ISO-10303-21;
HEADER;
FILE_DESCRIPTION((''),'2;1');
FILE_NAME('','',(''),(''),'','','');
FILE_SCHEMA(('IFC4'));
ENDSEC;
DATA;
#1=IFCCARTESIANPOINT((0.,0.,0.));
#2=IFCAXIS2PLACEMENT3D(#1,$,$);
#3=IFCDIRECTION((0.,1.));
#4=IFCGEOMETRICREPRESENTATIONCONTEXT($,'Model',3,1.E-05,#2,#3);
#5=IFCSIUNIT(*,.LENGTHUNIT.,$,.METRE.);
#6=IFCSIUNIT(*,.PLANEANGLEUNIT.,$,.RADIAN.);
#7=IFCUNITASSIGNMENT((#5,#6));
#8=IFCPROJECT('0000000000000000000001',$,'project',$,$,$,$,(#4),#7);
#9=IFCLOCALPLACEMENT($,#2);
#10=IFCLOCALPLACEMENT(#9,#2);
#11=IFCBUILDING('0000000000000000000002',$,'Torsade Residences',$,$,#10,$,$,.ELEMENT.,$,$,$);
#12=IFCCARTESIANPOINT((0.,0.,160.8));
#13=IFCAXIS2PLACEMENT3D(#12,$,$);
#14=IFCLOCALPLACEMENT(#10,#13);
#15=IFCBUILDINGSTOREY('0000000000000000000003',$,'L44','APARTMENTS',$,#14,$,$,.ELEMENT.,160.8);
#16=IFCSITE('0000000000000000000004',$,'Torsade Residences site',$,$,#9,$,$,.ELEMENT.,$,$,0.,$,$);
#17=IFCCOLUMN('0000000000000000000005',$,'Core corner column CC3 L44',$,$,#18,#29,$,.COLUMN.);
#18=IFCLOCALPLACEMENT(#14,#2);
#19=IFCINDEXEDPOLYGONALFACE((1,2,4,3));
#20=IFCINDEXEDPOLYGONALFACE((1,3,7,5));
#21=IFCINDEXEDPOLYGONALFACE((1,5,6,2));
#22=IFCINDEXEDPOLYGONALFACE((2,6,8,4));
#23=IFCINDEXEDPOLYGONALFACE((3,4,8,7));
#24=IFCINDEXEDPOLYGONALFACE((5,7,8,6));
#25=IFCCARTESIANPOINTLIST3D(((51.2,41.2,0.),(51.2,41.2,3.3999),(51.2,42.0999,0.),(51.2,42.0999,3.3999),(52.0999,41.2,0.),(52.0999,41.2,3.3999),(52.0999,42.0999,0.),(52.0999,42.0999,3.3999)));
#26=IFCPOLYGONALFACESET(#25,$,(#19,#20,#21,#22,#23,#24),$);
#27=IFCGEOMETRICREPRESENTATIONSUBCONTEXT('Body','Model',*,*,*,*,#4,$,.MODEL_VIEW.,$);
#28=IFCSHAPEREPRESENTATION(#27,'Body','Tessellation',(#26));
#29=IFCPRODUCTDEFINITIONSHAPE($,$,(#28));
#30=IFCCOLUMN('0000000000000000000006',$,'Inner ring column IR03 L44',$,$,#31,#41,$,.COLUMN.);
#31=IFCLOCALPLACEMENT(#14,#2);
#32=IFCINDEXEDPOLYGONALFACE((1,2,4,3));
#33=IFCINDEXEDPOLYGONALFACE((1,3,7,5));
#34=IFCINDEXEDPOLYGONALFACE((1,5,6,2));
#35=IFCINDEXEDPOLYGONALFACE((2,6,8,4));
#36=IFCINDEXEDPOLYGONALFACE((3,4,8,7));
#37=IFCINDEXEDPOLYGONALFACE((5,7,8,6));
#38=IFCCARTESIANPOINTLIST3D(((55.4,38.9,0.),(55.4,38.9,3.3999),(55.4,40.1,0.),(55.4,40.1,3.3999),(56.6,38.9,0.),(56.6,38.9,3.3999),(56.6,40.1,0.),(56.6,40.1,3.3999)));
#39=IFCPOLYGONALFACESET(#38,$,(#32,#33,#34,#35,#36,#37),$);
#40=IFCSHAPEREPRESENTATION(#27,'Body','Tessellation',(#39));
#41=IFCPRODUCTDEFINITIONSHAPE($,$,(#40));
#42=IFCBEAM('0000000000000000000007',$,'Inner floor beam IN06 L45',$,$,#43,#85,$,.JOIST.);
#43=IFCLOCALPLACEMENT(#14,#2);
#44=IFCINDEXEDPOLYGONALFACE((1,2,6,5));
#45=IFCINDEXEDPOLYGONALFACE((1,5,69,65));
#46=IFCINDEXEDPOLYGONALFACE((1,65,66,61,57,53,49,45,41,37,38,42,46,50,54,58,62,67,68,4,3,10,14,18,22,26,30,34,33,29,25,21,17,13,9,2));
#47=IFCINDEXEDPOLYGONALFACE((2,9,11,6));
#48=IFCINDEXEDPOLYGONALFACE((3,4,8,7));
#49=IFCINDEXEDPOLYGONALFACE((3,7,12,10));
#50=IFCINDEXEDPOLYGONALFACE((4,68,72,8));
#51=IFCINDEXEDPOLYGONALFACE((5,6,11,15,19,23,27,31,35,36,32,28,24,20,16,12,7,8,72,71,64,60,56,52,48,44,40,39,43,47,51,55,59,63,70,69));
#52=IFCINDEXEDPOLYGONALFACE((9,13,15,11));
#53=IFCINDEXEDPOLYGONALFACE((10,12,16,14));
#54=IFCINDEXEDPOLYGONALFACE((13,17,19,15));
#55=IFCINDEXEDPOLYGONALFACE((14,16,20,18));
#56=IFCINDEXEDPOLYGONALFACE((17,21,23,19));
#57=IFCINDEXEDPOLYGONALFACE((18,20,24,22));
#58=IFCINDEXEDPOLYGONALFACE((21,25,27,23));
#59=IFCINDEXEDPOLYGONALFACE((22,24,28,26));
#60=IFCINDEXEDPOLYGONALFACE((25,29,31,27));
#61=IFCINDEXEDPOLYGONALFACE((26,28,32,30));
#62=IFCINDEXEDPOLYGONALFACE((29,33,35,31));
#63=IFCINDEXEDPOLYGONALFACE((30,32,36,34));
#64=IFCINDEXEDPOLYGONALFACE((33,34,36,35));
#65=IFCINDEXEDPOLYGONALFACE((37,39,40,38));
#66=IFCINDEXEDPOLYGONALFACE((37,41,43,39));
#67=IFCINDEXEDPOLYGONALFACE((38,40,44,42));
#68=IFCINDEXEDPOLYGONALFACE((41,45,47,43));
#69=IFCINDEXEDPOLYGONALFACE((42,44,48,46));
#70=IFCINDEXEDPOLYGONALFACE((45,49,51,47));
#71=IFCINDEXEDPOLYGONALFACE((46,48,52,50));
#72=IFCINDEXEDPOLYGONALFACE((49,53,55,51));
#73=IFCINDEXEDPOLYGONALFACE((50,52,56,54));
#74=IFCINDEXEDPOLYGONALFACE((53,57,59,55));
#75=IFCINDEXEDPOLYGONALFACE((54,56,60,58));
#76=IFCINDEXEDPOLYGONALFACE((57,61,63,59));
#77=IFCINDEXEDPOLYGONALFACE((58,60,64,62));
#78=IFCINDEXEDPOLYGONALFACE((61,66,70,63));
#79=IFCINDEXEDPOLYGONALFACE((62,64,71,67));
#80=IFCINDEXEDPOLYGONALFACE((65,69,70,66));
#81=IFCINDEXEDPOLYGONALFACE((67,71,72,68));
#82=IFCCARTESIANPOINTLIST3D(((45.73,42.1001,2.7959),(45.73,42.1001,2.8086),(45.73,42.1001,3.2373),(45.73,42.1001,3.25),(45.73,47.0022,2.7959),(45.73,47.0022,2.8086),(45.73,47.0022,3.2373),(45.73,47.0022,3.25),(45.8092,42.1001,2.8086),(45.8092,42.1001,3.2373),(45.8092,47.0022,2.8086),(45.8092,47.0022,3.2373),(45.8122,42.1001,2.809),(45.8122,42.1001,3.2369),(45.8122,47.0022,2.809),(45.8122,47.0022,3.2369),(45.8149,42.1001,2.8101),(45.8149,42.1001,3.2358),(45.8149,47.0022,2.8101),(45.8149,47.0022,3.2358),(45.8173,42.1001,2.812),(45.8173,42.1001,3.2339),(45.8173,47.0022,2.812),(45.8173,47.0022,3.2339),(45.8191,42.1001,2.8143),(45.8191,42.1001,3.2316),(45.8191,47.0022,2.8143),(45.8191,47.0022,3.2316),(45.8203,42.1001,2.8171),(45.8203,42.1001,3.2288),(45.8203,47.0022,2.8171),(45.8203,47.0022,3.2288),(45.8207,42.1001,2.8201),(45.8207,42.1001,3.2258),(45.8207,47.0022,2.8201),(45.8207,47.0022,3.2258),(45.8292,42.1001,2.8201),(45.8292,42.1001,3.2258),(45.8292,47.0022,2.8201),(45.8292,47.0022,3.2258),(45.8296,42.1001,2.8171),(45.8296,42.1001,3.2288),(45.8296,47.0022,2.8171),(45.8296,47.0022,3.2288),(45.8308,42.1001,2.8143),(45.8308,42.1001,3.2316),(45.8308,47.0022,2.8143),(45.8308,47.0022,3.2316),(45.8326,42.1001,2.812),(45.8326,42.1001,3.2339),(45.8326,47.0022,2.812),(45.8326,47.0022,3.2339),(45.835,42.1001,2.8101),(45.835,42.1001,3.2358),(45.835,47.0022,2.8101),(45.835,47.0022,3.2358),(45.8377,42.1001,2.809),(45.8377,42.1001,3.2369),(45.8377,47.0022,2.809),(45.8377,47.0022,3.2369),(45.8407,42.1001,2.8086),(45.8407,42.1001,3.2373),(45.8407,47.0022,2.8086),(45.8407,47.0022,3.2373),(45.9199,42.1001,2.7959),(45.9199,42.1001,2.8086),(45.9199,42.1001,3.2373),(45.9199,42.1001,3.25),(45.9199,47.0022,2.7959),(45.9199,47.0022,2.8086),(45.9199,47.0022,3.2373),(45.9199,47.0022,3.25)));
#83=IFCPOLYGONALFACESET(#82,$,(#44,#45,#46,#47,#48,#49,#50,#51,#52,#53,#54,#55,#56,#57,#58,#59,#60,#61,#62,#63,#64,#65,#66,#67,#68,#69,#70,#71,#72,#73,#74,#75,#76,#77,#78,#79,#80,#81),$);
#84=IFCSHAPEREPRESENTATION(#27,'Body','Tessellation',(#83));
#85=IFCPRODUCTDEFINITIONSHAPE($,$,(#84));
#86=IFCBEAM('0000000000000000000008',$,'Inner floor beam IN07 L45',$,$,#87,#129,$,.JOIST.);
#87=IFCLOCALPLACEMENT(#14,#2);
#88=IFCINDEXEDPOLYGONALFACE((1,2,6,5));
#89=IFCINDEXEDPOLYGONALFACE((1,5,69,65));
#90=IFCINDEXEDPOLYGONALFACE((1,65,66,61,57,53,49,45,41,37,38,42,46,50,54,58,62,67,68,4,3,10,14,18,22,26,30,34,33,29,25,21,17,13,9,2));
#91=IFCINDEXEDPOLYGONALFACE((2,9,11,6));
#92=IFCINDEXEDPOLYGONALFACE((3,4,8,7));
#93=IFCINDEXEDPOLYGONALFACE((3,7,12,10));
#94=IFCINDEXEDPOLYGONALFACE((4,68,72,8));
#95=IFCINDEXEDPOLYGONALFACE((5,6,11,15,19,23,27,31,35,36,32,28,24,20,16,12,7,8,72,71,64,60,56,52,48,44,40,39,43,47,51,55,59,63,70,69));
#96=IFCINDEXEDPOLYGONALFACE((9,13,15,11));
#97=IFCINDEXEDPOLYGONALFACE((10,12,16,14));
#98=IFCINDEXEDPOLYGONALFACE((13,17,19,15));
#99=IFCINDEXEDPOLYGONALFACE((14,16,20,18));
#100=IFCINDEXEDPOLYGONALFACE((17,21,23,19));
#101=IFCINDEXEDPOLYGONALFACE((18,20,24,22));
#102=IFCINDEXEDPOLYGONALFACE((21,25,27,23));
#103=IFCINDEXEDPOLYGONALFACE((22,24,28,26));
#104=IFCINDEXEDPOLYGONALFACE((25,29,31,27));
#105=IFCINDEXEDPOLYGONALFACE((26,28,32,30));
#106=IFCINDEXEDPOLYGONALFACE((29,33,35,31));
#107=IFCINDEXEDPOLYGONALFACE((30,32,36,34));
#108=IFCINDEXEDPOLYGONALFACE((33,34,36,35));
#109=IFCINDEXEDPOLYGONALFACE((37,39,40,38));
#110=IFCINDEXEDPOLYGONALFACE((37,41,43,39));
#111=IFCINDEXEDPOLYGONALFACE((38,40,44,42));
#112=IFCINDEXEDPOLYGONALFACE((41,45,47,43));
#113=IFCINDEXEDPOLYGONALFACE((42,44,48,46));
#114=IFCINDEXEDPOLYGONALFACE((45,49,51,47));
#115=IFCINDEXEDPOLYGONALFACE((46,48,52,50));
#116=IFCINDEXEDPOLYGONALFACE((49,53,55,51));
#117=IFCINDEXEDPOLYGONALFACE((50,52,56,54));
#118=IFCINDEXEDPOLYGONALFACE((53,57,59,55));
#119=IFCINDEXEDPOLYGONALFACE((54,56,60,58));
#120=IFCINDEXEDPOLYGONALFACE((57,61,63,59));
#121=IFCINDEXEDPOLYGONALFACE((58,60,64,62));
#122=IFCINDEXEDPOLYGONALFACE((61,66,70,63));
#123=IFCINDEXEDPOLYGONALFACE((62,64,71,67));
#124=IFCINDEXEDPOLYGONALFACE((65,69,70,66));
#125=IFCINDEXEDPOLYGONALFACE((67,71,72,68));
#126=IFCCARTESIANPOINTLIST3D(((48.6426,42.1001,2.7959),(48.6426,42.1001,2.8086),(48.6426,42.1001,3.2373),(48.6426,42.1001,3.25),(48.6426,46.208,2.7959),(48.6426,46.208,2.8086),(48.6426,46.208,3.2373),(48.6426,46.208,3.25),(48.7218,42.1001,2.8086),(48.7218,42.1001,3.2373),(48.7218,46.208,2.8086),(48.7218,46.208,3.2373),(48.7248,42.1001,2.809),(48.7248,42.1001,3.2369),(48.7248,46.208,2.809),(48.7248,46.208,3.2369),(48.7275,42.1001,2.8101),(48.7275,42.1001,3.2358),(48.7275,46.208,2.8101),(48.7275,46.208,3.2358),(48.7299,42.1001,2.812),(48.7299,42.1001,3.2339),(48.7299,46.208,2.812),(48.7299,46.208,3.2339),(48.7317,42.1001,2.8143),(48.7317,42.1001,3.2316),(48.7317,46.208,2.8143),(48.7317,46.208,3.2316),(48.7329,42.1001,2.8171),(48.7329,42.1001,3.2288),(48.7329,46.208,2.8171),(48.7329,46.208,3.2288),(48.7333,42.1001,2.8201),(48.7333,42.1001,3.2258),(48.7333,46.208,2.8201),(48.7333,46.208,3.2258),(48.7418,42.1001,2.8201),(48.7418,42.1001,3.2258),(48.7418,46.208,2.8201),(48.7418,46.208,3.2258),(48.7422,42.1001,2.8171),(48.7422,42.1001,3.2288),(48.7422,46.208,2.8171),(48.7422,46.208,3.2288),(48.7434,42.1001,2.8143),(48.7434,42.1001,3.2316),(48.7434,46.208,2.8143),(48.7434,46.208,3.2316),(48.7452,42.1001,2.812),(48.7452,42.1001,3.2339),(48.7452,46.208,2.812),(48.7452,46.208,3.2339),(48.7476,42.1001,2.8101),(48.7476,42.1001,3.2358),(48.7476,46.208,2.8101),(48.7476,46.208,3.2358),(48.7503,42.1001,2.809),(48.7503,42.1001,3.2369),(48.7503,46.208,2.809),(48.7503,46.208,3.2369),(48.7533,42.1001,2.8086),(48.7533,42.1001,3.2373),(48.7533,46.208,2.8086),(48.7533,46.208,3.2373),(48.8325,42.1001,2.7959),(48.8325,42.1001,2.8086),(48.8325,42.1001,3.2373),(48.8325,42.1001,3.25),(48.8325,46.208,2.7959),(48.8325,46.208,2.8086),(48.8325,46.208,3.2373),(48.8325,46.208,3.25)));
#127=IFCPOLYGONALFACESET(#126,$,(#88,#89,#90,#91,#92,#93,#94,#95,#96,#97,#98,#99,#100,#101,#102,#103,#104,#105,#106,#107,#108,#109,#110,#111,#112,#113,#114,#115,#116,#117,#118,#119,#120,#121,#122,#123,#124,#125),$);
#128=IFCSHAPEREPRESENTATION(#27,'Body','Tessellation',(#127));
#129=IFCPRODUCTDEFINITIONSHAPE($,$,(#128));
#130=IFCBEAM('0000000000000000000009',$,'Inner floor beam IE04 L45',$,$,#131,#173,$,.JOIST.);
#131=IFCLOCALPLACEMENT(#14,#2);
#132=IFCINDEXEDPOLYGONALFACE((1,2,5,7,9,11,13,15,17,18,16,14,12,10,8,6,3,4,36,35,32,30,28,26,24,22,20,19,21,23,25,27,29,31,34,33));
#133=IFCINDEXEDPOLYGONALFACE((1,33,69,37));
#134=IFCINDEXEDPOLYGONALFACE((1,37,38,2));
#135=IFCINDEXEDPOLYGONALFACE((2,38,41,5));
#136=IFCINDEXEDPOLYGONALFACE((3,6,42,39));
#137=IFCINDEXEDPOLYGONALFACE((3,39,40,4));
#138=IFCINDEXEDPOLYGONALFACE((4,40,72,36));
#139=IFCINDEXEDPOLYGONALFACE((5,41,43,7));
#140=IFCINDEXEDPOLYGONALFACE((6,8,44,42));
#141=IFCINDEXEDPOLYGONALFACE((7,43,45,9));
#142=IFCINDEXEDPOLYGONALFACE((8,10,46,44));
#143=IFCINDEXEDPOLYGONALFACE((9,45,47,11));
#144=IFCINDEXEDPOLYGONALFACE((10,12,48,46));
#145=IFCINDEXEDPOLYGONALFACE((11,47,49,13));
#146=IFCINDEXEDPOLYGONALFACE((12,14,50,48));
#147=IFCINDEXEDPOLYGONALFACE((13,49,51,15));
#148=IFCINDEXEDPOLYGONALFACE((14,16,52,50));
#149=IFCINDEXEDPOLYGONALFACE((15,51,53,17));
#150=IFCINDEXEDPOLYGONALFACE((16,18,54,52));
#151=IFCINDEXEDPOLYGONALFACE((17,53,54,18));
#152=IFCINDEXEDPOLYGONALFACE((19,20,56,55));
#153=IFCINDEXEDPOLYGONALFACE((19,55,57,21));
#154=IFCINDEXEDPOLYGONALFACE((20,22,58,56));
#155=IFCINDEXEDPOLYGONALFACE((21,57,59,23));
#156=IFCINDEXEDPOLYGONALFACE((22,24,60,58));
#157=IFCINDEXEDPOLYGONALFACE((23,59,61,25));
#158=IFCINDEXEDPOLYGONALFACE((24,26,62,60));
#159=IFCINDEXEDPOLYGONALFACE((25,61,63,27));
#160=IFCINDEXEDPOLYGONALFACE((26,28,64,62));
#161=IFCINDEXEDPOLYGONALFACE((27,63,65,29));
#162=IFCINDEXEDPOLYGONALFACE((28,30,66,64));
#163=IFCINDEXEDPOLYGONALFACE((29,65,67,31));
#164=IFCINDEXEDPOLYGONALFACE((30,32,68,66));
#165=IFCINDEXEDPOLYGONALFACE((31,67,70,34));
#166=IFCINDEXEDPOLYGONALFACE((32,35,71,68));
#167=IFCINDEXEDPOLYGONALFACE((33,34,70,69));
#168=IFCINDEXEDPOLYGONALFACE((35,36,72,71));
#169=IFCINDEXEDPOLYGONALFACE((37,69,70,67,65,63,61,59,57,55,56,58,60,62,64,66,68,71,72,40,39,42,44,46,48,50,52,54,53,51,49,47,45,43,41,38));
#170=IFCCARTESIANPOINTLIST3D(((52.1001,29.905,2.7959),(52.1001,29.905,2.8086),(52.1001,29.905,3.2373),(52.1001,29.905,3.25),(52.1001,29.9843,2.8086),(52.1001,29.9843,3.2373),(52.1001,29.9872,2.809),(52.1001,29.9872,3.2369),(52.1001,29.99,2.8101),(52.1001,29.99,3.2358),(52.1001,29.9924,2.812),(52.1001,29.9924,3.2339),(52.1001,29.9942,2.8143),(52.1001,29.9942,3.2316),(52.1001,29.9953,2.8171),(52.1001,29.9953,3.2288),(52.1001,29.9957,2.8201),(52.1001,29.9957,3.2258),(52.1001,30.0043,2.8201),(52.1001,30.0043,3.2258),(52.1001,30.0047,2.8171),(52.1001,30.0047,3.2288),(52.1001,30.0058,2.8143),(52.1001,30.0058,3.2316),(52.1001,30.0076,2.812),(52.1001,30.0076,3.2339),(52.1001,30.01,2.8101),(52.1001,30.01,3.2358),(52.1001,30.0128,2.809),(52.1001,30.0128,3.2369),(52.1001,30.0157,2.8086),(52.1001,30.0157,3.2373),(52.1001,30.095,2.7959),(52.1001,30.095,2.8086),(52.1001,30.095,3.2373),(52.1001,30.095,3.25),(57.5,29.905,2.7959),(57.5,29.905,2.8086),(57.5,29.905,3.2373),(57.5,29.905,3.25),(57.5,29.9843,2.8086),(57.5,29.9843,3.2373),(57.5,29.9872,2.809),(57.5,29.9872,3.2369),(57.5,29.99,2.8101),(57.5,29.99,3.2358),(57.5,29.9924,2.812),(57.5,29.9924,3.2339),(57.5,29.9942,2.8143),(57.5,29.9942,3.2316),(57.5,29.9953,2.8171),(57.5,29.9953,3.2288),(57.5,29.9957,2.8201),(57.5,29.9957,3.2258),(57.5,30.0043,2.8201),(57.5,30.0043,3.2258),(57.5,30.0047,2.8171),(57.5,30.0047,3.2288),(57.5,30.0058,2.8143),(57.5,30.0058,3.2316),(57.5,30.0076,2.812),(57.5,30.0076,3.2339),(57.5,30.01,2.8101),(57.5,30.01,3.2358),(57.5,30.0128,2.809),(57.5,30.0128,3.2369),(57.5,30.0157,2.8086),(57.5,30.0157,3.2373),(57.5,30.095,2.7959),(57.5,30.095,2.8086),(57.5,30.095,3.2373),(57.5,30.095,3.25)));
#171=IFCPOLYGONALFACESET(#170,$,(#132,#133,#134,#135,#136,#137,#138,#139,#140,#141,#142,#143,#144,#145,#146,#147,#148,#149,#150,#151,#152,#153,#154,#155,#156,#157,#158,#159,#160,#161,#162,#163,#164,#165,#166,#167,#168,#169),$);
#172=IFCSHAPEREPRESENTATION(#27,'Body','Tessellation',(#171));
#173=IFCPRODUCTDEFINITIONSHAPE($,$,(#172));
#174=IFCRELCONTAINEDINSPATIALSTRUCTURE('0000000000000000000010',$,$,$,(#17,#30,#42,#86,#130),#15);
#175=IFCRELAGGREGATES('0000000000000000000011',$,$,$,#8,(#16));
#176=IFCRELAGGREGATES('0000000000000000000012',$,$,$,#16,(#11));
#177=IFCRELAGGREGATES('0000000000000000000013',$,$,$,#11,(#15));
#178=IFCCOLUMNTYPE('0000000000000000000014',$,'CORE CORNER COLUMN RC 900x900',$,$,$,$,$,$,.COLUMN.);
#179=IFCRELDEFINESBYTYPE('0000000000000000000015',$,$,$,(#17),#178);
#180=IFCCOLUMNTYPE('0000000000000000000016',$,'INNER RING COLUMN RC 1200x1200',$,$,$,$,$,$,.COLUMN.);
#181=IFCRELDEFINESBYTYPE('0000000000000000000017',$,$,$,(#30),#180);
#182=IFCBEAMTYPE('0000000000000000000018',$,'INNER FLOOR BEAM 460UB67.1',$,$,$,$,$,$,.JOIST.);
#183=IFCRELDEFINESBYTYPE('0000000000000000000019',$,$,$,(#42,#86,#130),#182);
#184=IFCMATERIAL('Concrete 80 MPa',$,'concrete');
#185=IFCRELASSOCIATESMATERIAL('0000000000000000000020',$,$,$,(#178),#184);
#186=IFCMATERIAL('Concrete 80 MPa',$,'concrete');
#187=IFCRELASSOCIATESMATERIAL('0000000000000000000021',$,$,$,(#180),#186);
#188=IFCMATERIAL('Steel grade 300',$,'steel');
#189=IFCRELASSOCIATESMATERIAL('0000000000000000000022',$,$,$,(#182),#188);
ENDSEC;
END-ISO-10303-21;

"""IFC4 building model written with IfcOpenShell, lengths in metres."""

from ifc_helpers import new_model, si_unit, direction, frame, origin, origin_2d, place, context, subcontext, project, spatial, rectangle, i_section, extrude, material, material_profile, profile_set, type_object, element, save


model = new_model("IFC4")

# Units and contexts
model_context = context("Model", 3, precision=1e-05, world=origin(), true_north=direction((0.0, 1.0)))
body_context = subcontext(model_context, "Body", "Model", "MODEL_VIEW")
ifc_project = project(units=[si_unit("LENGTHUNIT", "METRE"), si_unit("PLANEANGLEUNIT", "RADIAN")], contexts=[model_context])

# Site, building, storey
site_placement = place(None, origin())
site = spatial("IfcSite", under=ifc_project, at=site_placement, Name="Torsade Residences site", CompositionType="ELEMENT", RefElevation=0.0)
building_placement = place(site_placement, origin())
building = spatial("IfcBuilding", under=site, at=building_placement, Name="Torsade Residences", CompositionType="ELEMENT")
storey_placement = place(building_placement, frame((0.0, 0.0, 160.8)))
storey = spatial("IfcBuildingStorey", under=building, at=storey_placement, Name="L44", Description="APARTMENTS", CompositionType="ELEMENT", Elevation=160.8)

# Columns
ifc_material_1 = material(Name="Concrete 80 MPa", Category="concrete")
ifc_material_profile_1 = material_profile(ifc_material_1, rectangle(XDim=0.8999, YDim=0.8999, at=origin_2d()), Name="RC 900x900")
ifc_profile_set_1 = profile_set([ifc_material_profile_1], Name="Concrete 80 MPa")
column_type_1 = type_object("IfcColumnType", Name="CORE CORNER COLUMN RC 900x900", PredefinedType="COLUMN", material=ifc_profile_set_1)
column_1_placement = place(storey_placement, frame((51.6499, 41.6499, 0.0), z_axis=(0.0, 0.0, 1.0), x_axis=(1.0, 0.0, 0.0)))
element("IfcColumn", 1, at=column_1_placement, inside=storey, type_object=column_type_1, Name="Core corner column CC3 L44", PredefinedType="COLUMN", context=body_context, shape_type="SweptSolid", body=[
    extrude(rectangle(XDim=0.8999, YDim=0.8999, at=origin_2d()), origin(), (0.0, 0.0, 1.0), 3.3999),
])
ifc_material_2 = material(Name="Concrete 80 MPa", Category="concrete")
ifc_material_profile_2 = material_profile(ifc_material_2, rectangle(XDim=1.2, YDim=1.2, at=origin_2d()), Name="RC 1200x1200")
ifc_profile_set_2 = profile_set([ifc_material_profile_2], Name="Concrete 80 MPa")
column_type_2 = type_object("IfcColumnType", Name="INNER RING COLUMN RC 1200x1200", PredefinedType="COLUMN", material=ifc_profile_set_2)
column_2_placement = place(storey_placement, frame((56.0, 39.5, 0.0), z_axis=(0.0, 0.0, 1.0), x_axis=(1.0, 0.0, 0.0)))
element("IfcColumn", 2, at=column_2_placement, inside=storey, type_object=column_type_2, Name="Inner ring column IR03 L44", PredefinedType="COLUMN", context=body_context, shape_type="SweptSolid", body=[
    extrude(rectangle(XDim=1.2, YDim=1.2, at=origin_2d()), origin(), (0.0, 0.0, 1.0), 3.3999),
])

# Beams
ifc_material_3 = material(Name="Steel grade 300", Category="steel")
ifc_material_profile_3 = material_profile(ifc_material_3, i_section(OverallWidth=0.1899, OverallDepth=0.4541, WebThickness=0.0085, FlangeThickness=0.0127, FilletRadius=0.0115, at=origin_2d()), Name="460UB67.1")
ifc_profile_set_3 = profile_set([ifc_material_profile_3], Name="Steel grade 300")
beam_type_1 = type_object("IfcBeamType", Name="INNER FLOOR BEAM 460UB67.1", PredefinedType="JOIST", material=ifc_profile_set_3)
beam_1_placement = place(storey_placement, frame((45.825, 42.1001, 3.0229), z_axis=(0.0, 1.0, 0.0), x_axis=(-1.0, 0.0, 0.0)))
element("IfcBeam", 3, at=beam_1_placement, inside=storey, type_object=beam_type_1, Name="Inner floor beam IN06 L45", PredefinedType="JOIST", context=body_context, shape_type="SweptSolid", body=[
    extrude(i_section(OverallWidth=0.1899, OverallDepth=0.4541, WebThickness=0.0085, FlangeThickness=0.0127, FilletRadius=0.0115, at=origin_2d()), origin(), (0.0, 0.0, 1.0), 4.9021),
])
beam_2_placement = place(storey_placement, frame((48.7375, 42.1001, 3.0229), z_axis=(0.0, 1.0, 0.0), x_axis=(-1.0, 0.0, 0.0)))
element("IfcBeam", 4, at=beam_2_placement, inside=storey, type_object=beam_type_1, Name="Inner floor beam IN07 L45", PredefinedType="JOIST", context=body_context, shape_type="SweptSolid", body=[
    extrude(i_section(OverallWidth=0.1899, OverallDepth=0.4541, WebThickness=0.0085, FlangeThickness=0.0127, FilletRadius=0.0115, at=origin_2d()), origin(), (0.0, 0.0, 1.0), 4.1079),
])
for number, where, z_axis, x_axis, name in (
    (5, (52.1001, 30.0, 3.0229), (1.0, 0.0, 0.0), (0.0, 1.0, 0.0), "Inner floor beam IE04 L45"),
):
    element("IfcBeam", number, at=place(storey_placement, frame(where, z_axis=z_axis, x_axis=x_axis)), inside=storey, type_object=beam_type_1, Name=name, PredefinedType="JOIST", context=body_context, shape_type="SweptSolid", body=[
        extrude(i_section(OverallWidth=0.1899, OverallDepth=0.4541, WebThickness=0.0085, FlangeThickness=0.0127, FilletRadius=0.0115, at=origin_2d()), origin(), (0.0, 0.0, 1.0), 5.3999),
    ])

save(model, "model.ifc")
